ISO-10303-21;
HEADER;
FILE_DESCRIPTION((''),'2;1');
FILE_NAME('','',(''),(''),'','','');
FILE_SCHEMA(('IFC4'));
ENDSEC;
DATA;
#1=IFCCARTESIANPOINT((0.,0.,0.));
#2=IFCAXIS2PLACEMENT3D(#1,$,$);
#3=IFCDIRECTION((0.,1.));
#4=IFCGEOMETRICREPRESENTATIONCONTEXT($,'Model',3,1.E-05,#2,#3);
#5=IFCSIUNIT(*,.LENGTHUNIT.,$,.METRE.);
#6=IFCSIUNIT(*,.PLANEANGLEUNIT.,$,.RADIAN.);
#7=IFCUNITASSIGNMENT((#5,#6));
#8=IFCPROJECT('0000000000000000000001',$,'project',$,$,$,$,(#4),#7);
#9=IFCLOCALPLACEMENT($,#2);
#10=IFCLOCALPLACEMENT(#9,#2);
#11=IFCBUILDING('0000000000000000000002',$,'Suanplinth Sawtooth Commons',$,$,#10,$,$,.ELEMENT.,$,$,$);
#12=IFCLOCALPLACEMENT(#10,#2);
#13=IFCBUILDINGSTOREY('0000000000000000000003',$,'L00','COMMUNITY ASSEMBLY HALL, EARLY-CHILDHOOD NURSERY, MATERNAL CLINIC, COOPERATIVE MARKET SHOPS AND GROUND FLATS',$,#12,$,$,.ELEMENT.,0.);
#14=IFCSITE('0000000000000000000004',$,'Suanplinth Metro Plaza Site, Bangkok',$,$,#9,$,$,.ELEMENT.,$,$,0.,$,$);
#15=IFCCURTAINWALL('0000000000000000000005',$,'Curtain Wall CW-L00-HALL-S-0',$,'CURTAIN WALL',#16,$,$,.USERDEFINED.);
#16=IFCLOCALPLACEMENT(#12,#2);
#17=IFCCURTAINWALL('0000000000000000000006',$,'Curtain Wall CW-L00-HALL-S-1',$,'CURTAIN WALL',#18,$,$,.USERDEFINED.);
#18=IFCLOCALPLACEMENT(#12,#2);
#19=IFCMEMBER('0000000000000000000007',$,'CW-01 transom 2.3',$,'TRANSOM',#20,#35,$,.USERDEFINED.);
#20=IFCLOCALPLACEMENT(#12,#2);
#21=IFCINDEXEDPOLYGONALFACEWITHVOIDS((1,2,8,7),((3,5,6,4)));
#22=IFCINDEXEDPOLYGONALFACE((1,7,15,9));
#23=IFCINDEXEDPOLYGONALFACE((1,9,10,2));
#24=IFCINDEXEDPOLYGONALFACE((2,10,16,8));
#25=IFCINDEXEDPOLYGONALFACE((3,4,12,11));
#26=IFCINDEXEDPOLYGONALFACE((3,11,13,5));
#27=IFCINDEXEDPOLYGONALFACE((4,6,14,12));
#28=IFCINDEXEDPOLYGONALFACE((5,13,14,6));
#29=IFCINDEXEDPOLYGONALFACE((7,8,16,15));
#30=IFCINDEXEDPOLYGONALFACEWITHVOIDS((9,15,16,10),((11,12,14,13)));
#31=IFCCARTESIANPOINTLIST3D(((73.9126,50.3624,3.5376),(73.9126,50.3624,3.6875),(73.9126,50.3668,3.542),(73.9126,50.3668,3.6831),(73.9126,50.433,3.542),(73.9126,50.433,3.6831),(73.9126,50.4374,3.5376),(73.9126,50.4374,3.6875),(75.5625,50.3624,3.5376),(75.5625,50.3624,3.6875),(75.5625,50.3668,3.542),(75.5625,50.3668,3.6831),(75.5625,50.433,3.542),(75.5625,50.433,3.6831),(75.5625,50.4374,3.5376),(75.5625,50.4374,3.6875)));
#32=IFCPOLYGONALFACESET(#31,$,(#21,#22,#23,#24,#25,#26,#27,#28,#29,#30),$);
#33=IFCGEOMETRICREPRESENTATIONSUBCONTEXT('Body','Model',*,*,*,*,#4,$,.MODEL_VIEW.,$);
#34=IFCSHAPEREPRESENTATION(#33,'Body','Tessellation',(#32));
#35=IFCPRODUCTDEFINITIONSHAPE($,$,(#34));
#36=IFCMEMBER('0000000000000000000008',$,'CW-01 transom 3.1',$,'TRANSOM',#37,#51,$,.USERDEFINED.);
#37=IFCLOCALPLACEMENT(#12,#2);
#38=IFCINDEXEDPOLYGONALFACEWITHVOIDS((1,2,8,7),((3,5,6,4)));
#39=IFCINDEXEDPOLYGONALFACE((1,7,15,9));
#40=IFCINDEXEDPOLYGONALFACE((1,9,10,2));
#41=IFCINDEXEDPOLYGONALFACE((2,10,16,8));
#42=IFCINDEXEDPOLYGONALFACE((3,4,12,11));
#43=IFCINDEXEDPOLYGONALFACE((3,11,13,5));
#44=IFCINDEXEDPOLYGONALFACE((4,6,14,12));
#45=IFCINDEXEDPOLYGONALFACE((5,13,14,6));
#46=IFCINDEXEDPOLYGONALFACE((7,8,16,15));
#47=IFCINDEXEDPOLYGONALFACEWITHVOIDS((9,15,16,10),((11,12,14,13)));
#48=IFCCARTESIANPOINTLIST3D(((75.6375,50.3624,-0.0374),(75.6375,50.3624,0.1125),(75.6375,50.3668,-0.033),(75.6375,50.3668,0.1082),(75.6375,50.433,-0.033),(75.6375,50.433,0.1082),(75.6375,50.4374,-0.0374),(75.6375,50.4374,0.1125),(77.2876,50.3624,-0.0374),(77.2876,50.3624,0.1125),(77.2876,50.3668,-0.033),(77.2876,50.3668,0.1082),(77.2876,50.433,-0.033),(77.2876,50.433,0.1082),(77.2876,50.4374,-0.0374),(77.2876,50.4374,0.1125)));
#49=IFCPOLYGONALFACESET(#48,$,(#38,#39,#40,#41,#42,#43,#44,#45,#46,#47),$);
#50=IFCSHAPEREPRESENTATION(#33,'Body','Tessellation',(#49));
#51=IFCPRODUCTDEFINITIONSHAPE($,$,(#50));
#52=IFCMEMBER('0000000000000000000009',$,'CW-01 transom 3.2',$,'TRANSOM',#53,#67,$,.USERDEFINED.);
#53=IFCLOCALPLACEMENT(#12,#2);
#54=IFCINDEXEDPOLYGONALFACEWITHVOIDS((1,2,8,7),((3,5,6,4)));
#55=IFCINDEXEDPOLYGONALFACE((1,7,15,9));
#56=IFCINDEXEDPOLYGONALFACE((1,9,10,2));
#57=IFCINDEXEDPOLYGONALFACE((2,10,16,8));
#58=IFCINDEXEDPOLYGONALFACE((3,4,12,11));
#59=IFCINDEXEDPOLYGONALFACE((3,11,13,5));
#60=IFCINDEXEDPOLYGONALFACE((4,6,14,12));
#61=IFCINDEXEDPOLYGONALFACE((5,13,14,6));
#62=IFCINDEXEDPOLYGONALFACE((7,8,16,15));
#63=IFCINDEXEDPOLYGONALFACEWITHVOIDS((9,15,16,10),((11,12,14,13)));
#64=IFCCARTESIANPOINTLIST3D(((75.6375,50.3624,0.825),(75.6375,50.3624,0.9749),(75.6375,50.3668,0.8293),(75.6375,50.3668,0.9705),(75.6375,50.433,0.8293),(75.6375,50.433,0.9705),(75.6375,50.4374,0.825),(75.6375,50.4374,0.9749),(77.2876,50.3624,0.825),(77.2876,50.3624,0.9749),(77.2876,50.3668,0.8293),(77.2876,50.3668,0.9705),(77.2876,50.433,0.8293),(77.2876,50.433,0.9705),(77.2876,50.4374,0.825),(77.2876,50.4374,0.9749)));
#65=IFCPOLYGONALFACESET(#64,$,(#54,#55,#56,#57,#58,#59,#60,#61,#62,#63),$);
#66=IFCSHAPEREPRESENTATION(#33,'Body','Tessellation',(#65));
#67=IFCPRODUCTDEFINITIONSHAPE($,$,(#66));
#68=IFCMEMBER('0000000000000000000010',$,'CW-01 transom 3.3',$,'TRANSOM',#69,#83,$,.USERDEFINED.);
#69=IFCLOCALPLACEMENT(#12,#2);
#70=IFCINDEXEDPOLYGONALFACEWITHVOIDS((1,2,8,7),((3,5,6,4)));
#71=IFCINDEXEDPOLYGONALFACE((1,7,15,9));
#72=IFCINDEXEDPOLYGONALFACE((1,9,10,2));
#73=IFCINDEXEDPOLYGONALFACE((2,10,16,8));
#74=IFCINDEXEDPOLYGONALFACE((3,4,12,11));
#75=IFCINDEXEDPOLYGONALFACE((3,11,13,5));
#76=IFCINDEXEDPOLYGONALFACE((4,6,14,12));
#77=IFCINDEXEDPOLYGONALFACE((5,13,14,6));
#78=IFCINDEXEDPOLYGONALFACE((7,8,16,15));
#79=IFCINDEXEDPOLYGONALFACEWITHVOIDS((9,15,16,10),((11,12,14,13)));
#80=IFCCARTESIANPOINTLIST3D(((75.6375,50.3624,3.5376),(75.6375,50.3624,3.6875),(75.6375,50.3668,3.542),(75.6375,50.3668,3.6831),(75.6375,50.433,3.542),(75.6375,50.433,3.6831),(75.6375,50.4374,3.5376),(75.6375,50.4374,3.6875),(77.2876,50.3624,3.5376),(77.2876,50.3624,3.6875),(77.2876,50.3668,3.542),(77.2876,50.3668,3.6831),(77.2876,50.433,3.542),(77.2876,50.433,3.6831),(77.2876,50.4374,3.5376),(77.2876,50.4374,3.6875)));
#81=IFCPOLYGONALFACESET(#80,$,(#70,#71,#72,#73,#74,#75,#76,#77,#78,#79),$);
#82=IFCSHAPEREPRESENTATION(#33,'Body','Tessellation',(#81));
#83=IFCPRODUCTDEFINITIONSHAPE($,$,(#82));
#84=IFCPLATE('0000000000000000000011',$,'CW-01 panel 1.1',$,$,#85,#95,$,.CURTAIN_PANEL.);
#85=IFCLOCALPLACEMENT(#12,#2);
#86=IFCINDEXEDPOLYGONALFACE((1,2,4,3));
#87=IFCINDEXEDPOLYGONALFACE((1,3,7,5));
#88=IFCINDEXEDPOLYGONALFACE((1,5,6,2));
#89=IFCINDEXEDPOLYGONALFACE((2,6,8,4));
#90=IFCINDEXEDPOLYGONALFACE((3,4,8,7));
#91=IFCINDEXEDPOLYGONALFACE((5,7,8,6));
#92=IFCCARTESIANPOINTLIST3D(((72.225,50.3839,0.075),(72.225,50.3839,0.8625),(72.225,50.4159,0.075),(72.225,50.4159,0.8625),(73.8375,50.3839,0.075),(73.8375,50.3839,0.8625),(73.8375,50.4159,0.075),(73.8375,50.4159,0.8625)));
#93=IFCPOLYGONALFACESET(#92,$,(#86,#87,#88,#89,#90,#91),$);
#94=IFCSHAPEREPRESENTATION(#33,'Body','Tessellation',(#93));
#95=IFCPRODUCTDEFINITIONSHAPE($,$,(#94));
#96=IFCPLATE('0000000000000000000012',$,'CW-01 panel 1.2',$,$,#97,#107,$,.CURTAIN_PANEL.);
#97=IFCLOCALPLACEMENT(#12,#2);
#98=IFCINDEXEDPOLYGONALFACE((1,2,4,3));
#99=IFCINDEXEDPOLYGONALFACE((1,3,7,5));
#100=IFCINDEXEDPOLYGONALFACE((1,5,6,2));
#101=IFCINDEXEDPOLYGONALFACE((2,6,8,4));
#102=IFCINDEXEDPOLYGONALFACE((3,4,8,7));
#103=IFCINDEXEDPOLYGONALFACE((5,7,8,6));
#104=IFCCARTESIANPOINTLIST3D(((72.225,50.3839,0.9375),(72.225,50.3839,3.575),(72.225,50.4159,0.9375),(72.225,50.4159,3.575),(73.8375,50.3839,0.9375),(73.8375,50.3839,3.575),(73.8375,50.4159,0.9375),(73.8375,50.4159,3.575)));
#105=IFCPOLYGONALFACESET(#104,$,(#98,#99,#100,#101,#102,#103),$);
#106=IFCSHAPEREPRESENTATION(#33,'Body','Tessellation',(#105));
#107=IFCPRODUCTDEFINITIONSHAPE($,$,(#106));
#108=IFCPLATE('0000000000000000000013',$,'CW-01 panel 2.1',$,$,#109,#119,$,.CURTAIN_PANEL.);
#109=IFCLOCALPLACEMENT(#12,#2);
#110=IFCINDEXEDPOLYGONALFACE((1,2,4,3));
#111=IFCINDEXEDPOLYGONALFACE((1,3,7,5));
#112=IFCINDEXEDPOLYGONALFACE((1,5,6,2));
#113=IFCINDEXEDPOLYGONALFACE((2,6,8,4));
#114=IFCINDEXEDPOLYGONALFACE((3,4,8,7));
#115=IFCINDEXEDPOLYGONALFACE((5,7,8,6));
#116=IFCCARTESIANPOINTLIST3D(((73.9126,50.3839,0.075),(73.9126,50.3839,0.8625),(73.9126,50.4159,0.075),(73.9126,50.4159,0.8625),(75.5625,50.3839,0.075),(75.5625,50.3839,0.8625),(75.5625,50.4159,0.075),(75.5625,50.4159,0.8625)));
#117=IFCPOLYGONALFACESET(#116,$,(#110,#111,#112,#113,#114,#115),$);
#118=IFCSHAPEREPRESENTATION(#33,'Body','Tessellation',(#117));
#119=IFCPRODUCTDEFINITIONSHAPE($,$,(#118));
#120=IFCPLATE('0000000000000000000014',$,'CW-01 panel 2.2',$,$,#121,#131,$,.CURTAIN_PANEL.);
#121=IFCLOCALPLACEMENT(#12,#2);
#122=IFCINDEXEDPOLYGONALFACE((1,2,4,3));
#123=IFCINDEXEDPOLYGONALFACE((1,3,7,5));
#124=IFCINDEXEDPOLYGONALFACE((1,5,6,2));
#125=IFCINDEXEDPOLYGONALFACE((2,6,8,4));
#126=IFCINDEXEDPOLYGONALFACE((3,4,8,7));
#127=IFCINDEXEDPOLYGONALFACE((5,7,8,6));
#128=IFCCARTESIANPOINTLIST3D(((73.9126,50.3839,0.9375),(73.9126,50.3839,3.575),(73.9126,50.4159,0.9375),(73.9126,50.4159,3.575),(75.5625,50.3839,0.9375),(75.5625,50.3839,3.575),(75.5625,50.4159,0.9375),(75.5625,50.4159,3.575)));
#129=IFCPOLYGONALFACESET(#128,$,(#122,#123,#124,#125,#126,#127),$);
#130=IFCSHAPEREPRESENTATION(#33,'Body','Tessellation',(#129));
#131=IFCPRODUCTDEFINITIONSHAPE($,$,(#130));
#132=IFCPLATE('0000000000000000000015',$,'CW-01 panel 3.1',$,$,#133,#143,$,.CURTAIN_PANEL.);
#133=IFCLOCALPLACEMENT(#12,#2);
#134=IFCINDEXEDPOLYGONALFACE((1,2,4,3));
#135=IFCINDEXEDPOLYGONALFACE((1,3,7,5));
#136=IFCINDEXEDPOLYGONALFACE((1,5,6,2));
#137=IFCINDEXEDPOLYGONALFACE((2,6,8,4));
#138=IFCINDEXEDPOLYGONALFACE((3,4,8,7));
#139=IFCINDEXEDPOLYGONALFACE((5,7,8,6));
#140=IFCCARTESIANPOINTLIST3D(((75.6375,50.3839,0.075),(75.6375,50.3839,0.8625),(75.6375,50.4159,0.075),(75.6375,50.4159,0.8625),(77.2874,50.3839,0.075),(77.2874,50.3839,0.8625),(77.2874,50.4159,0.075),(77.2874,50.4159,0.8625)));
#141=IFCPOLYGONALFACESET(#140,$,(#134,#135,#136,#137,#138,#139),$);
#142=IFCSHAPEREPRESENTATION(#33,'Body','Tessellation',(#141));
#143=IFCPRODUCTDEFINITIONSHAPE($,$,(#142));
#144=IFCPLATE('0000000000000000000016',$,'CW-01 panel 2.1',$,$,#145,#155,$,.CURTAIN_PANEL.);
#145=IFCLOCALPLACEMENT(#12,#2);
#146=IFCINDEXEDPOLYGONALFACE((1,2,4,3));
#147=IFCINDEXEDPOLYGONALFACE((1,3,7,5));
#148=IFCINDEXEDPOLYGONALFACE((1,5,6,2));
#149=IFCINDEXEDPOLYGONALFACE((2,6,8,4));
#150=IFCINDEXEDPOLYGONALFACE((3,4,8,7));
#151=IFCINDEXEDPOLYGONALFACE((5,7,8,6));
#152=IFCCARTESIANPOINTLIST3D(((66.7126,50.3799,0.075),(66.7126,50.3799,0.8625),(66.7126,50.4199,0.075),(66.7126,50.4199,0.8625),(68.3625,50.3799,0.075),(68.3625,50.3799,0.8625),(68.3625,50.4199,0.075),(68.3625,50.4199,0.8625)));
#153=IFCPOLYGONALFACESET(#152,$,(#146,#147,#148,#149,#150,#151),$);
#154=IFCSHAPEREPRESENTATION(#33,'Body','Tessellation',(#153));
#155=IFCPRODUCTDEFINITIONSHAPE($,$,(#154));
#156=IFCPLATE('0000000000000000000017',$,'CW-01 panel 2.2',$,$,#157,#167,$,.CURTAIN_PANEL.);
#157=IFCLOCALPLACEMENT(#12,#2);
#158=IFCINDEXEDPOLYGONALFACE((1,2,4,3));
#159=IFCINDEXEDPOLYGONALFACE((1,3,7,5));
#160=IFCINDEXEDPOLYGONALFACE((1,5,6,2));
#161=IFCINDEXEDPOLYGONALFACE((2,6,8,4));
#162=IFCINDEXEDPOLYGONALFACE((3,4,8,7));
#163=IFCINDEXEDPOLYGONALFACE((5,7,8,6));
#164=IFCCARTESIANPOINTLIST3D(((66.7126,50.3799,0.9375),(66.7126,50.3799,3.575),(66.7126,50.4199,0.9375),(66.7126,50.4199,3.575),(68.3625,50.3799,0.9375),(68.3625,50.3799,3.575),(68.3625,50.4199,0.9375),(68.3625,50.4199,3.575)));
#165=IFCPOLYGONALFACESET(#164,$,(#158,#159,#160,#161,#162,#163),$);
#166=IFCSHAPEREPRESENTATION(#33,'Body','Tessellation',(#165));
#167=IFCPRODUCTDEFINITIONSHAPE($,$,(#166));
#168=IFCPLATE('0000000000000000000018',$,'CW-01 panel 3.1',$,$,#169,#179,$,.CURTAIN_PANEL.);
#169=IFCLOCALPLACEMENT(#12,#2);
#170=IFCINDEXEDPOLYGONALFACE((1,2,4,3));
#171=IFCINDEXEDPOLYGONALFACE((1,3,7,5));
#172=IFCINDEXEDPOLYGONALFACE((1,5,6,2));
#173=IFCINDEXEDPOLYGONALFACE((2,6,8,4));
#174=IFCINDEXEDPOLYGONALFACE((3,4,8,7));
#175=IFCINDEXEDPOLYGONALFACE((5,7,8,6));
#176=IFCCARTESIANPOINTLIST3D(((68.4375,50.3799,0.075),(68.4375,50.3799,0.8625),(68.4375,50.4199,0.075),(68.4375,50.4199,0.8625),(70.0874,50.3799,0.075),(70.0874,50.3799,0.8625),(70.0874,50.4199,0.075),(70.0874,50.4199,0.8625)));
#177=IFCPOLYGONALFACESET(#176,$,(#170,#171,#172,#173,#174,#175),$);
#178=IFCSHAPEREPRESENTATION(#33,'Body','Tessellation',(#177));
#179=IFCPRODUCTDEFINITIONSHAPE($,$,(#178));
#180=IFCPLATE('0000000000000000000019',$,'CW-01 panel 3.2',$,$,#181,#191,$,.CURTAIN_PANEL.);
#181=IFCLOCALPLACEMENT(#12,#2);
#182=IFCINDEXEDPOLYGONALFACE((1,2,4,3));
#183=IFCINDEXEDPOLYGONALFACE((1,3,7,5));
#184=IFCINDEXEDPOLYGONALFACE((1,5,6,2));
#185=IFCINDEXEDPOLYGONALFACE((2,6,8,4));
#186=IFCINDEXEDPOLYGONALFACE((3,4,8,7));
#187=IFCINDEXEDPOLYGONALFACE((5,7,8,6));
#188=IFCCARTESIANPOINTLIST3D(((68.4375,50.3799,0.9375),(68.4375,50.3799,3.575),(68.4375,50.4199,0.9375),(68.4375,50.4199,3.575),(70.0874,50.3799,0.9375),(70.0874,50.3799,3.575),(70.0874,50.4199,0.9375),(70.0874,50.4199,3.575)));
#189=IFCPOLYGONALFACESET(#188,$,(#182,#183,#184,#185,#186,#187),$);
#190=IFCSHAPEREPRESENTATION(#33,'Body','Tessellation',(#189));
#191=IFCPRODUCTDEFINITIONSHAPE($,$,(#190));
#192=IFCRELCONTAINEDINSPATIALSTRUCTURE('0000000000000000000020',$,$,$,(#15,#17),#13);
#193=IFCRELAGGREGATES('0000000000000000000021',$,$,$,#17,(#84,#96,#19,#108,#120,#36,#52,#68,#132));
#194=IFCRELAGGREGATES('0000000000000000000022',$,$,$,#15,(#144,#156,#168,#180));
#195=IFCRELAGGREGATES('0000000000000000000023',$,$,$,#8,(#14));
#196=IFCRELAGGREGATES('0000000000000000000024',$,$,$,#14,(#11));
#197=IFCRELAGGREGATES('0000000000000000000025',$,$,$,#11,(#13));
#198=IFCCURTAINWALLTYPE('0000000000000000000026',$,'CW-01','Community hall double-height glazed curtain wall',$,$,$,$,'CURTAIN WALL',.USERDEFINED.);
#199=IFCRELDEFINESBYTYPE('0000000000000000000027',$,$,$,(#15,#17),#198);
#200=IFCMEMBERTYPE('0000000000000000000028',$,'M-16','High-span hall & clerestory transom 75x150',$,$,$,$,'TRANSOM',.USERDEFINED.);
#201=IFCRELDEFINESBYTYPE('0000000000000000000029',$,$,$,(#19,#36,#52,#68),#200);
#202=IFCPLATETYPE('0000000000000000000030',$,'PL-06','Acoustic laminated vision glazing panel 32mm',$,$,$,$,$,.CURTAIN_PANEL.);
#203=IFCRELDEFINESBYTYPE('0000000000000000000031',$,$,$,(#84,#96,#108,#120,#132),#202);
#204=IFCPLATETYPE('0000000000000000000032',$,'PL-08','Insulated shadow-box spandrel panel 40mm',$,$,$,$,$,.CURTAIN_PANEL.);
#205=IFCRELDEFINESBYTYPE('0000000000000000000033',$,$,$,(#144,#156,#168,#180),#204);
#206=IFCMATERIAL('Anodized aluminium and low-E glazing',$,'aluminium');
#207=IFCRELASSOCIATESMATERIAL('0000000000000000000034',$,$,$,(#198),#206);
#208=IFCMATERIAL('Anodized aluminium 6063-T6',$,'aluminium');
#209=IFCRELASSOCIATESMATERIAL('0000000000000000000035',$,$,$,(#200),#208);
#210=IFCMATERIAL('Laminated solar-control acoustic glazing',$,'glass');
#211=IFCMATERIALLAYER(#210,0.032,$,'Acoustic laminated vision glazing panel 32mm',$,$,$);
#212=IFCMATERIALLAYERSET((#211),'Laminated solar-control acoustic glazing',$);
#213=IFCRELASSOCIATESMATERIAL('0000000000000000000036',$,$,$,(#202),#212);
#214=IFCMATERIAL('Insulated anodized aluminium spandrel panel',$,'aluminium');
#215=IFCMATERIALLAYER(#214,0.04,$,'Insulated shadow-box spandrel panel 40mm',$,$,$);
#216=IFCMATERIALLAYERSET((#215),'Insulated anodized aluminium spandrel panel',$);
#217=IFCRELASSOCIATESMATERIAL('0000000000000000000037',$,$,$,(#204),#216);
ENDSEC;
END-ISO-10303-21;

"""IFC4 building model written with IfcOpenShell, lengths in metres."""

from ifc_helpers import new_model, si_unit, direction, frame, origin, origin_2d, place, context, subcontext, project, spatial, rectangle, hollow_rectangle, extrude, material, layer, layer_set, material_profile, profile_set, type_object, element, aggregate, save


model = new_model("IFC4")

# Units and contexts
model_context = context("Model", 3, precision=1e-05, world=origin(), true_north=direction((0.0, 1.0)))
body_context = subcontext(model_context, "Body", "Model", "MODEL_VIEW")
ifc_project = project(units=[si_unit("LENGTHUNIT", "METRE"), si_unit("PLANEANGLEUNIT", "RADIAN")], contexts=[model_context])

# Site, building, storey
site_placement = place(None, origin())
site = spatial("IfcSite", under=ifc_project, at=site_placement, Name="Suanplinth Metro Plaza Site, Bangkok", CompositionType="ELEMENT", RefElevation=0.0)
building_placement = place(site_placement, origin())
building = spatial("IfcBuilding", under=site, at=building_placement, Name="Suanplinth Sawtooth Commons", CompositionType="ELEMENT")
storey_placement = place(building_placement, origin())
storey = spatial("IfcBuildingStorey", under=building, at=storey_placement, Name="L00", Description="COMMUNITY ASSEMBLY HALL, EARLY-CHILDHOOD NURSERY, MATERNAL CLINIC, COOPERATIVE MARKET SHOPS AND GROUND FLATS", CompositionType="ELEMENT", Elevation=0.0)

# Curtain walls
ifc_material_1 = material(Name="Anodized aluminium and low-E glazing", Category="aluminium")
curtain_wall_type = type_object("IfcCurtainWallType", Name="CW-01", Description="Community hall double-height glazed curtain wall", ElementType="CURTAIN WALL", PredefinedType="USERDEFINED", material=ifc_material_1)
curtain_wall_1_placement = place(storey_placement, origin())
curtain_wall_1 = element("IfcCurtainWall", 1, at=curtain_wall_1_placement, inside=storey, type_object=curtain_wall_type, Name="Curtain Wall CW-L00-HALL-S-0", ObjectType="CURTAIN WALL", PredefinedType="USERDEFINED")
ifc_material_2 = material(Name="Anodized aluminium 6063-T6", Category="aluminium")
curtain_wall_2_placement = place(storey_placement, origin())
curtain_wall_2 = element("IfcCurtainWall", 2, at=curtain_wall_2_placement, inside=storey, type_object=curtain_wall_type, Name="Curtain Wall CW-L00-HALL-S-1", ObjectType="CURTAIN WALL", PredefinedType="USERDEFINED")

# Members
ifc_material_profile_1 = material_profile(ifc_material_2, hollow_rectangle(XDim=0.075, YDim=0.1499, WallThickness=0.0044, at=origin_2d()), Name="ALU-TRN 75x150")
ifc_profile_set_1 = profile_set([ifc_material_profile_1], Name="Anodized aluminium 6063-T6")
member_type_1 = type_object("IfcMemberType", Name="M-16", Description="High-span hall & clerestory transom 75x150", ElementType="TRANSOM", PredefinedType="USERDEFINED", material=ifc_profile_set_1)
member_1_placement = place(storey_placement, frame((73.9126, 50.3999, 3.6125), z_axis=(1.0, 0.0, 0.0), x_axis=(0.0, 1.0, 0.0)))
member_1 = element("IfcMember", 3, at=member_1_placement, type_object=member_type_1, Name="CW-01 transom 2.3", ObjectType="TRANSOM", PredefinedType="USERDEFINED", context=body_context, shape_type="SweptSolid", body=[
    extrude(hollow_rectangle(XDim=0.075, YDim=0.1499, WallThickness=0.0044, at=origin_2d()), origin(), (0.0, 0.0, 1.0), 1.6499),
])
member_2_placement = place(storey_placement, frame((75.6375, 50.3999, 0.0376), z_axis=(1.0, 0.0, 0.0), x_axis=(0.0, 1.0, 0.0)))
member_2 = element("IfcMember", 4, at=member_2_placement, type_object=member_type_1, Name="CW-01 transom 3.1", ObjectType="TRANSOM", PredefinedType="USERDEFINED", context=body_context, shape_type="SweptSolid", body=[
    extrude(hollow_rectangle(XDim=0.075, YDim=0.1499, WallThickness=0.0044, at=origin_2d()), origin(), (0.0, 0.0, 1.0), 1.6501),
])
member_3_placement = place(storey_placement, frame((75.6375, 50.3999, 0.8999), z_axis=(1.0, 0.0, 0.0), x_axis=(0.0, 1.0, 0.0)))
member_3 = element("IfcMember", 5, at=member_3_placement, type_object=member_type_1, Name="CW-01 transom 3.2", ObjectType="TRANSOM", PredefinedType="USERDEFINED", context=body_context, shape_type="SweptSolid", body=[
    extrude(hollow_rectangle(XDim=0.075, YDim=0.1499, WallThickness=0.0044, at=origin_2d()), origin(), (0.0, 0.0, 1.0), 1.6501),
])
member_4_placement = place(storey_placement, frame((75.6375, 50.3999, 3.6125), z_axis=(1.0, 0.0, 0.0), x_axis=(0.0, 1.0, 0.0)))
member_4 = element("IfcMember", 6, at=member_4_placement, type_object=member_type_1, Name="CW-01 transom 3.3", ObjectType="TRANSOM", PredefinedType="USERDEFINED", context=body_context, shape_type="SweptSolid", body=[
    extrude(hollow_rectangle(XDim=0.075, YDim=0.1499, WallThickness=0.0044, at=origin_2d()), origin(), (0.0, 0.0, 1.0), 1.6501),
])

# Plates
ifc_material_3 = material(Name="Laminated solar-control acoustic glazing", Category="glass")
ifc_layer_1 = layer(ifc_material_3, 0.032, Name="Acoustic laminated vision glazing panel 32mm")
ifc_layer_set_1 = layer_set([ifc_layer_1], Name="Laminated solar-control acoustic glazing")
plate_type_1 = type_object("IfcPlateType", Name="PL-06", Description="Acoustic laminated vision glazing panel 32mm", PredefinedType="CURTAIN_PANEL", material=ifc_layer_set_1)
plate_1_placement = place(storey_placement, frame((73.0312, 50.3999, 0.075), z_axis=(0.0, 0.0, 1.0), x_axis=(1.0, 0.0, 0.0)))
plate_1 = element("IfcPlate", 7, at=plate_1_placement, type_object=plate_type_1, Name="CW-01 panel 1.1", PredefinedType="CURTAIN_PANEL", context=body_context, shape_type="SweptSolid", body=[
    extrude(rectangle(XDim=1.6125, YDim=0.032, at=origin_2d()), origin(), (0.0, 0.0, 1.0), 0.7876),
])
plate_2_placement = place(storey_placement, frame((73.0312, 50.3999, 0.9375), z_axis=(0.0, 0.0, 1.0), x_axis=(1.0, 0.0, 0.0)))
plate_2 = element("IfcPlate", 8, at=plate_2_placement, type_object=plate_type_1, Name="CW-01 panel 1.2", PredefinedType="CURTAIN_PANEL", context=body_context, shape_type="SweptSolid", body=[
    extrude(rectangle(XDim=1.6125, YDim=0.032, at=origin_2d()), origin(), (0.0, 0.0, 1.0), 2.6375),
])
plate_3_placement = place(storey_placement, frame((74.7375, 50.3999, 0.075), z_axis=(0.0, 0.0, 1.0), x_axis=(1.0, 0.0, 0.0)))
plate_3 = element("IfcPlate", 9, at=plate_3_placement, type_object=plate_type_1, Name="CW-01 panel 2.1", PredefinedType="CURTAIN_PANEL", context=body_context, shape_type="SweptSolid", body=[
    extrude(rectangle(XDim=1.6499, YDim=0.032, at=origin_2d()), origin(), (0.0, 0.0, 1.0), 0.7876),
])
plate_4_placement = place(storey_placement, frame((74.7375, 50.3999, 0.9375), z_axis=(0.0, 0.0, 1.0), x_axis=(1.0, 0.0, 0.0)))
plate_4 = element("IfcPlate", 10, at=plate_4_placement, type_object=plate_type_1, Name="CW-01 panel 2.2", PredefinedType="CURTAIN_PANEL", context=body_context, shape_type="SweptSolid", body=[
    extrude(rectangle(XDim=1.6499, YDim=0.032, at=origin_2d()), origin(), (0.0, 0.0, 1.0), 2.6375),
])
plate_5_placement = place(storey_placement, frame((76.4624, 50.3999, 0.075), z_axis=(0.0, 0.0, 1.0), x_axis=(1.0, 0.0, 0.0)))
plate_5 = element("IfcPlate", 11, at=plate_5_placement, type_object=plate_type_1, Name="CW-01 panel 3.1", PredefinedType="CURTAIN_PANEL", context=body_context, shape_type="SweptSolid", body=[
    extrude(rectangle(XDim=1.6499, YDim=0.032, at=origin_2d()), origin(), (0.0, 0.0, 1.0), 0.7876),
])
aggregate(curtain_wall_2, [plate_1, plate_2, member_1, plate_3, plate_4, member_2, member_3, member_4, plate_5])
ifc_material_4 = material(Name="Insulated anodized aluminium spandrel panel", Category="aluminium")
ifc_layer_2 = layer(ifc_material_4, 0.04, Name="Insulated shadow-box spandrel panel 40mm")
ifc_layer_set_2 = layer_set([ifc_layer_2], Name="Insulated anodized aluminium spandrel panel")
plate_type_2 = type_object("IfcPlateType", Name="PL-08", Description="Insulated shadow-box spandrel panel 40mm", PredefinedType="CURTAIN_PANEL", material=ifc_layer_set_2)
plate_6_placement = place(storey_placement, frame((67.5376, 50.3999, 0.075), z_axis=(0.0, 0.0, 1.0), x_axis=(1.0, 0.0, 0.0)))
plate_6 = element("IfcPlate", 12, at=plate_6_placement, type_object=plate_type_2, Name="CW-01 panel 2.1", PredefinedType="CURTAIN_PANEL", context=body_context, shape_type="SweptSolid", body=[
    extrude(rectangle(XDim=1.6499, YDim=0.04, at=origin_2d()), origin(), (0.0, 0.0, 1.0), 0.7876),
])
plate_7_placement = place(storey_placement, frame((67.5376, 50.3999, 0.9375), z_axis=(0.0, 0.0, 1.0), x_axis=(1.0, 0.0, 0.0)))
plate_7 = element("IfcPlate", 13, at=plate_7_placement, type_object=plate_type_2, Name="CW-01 panel 2.2", PredefinedType="CURTAIN_PANEL", context=body_context, shape_type="SweptSolid", body=[
    extrude(rectangle(XDim=1.6499, YDim=0.04, at=origin_2d()), origin(), (0.0, 0.0, 1.0), 2.6375),
])
plate_8_placement = place(storey_placement, frame((69.2625, 50.3999, 0.075), z_axis=(0.0, 0.0, 1.0), x_axis=(1.0, 0.0, 0.0)))
plate_8 = element("IfcPlate", 14, at=plate_8_placement, type_object=plate_type_2, Name="CW-01 panel 3.1", PredefinedType="CURTAIN_PANEL", context=body_context, shape_type="SweptSolid", body=[
    extrude(rectangle(XDim=1.6499, YDim=0.04, at=origin_2d()), origin(), (0.0, 0.0, 1.0), 0.7876),
])
plate_9_placement = place(storey_placement, frame((69.2625, 50.3999, 0.9375), z_axis=(0.0, 0.0, 1.0), x_axis=(1.0, 0.0, 0.0)))
plate_9 = element("IfcPlate", 15, at=plate_9_placement, type_object=plate_type_2, Name="CW-01 panel 3.2", PredefinedType="CURTAIN_PANEL", context=body_context, shape_type="SweptSolid", body=[
    extrude(rectangle(XDim=1.6499, YDim=0.04, at=origin_2d()), origin(), (0.0, 0.0, 1.0), 2.6375),
])
aggregate(curtain_wall_1, [plate_6, plate_7, plate_8, plate_9])

save(model, "model.ifc")
